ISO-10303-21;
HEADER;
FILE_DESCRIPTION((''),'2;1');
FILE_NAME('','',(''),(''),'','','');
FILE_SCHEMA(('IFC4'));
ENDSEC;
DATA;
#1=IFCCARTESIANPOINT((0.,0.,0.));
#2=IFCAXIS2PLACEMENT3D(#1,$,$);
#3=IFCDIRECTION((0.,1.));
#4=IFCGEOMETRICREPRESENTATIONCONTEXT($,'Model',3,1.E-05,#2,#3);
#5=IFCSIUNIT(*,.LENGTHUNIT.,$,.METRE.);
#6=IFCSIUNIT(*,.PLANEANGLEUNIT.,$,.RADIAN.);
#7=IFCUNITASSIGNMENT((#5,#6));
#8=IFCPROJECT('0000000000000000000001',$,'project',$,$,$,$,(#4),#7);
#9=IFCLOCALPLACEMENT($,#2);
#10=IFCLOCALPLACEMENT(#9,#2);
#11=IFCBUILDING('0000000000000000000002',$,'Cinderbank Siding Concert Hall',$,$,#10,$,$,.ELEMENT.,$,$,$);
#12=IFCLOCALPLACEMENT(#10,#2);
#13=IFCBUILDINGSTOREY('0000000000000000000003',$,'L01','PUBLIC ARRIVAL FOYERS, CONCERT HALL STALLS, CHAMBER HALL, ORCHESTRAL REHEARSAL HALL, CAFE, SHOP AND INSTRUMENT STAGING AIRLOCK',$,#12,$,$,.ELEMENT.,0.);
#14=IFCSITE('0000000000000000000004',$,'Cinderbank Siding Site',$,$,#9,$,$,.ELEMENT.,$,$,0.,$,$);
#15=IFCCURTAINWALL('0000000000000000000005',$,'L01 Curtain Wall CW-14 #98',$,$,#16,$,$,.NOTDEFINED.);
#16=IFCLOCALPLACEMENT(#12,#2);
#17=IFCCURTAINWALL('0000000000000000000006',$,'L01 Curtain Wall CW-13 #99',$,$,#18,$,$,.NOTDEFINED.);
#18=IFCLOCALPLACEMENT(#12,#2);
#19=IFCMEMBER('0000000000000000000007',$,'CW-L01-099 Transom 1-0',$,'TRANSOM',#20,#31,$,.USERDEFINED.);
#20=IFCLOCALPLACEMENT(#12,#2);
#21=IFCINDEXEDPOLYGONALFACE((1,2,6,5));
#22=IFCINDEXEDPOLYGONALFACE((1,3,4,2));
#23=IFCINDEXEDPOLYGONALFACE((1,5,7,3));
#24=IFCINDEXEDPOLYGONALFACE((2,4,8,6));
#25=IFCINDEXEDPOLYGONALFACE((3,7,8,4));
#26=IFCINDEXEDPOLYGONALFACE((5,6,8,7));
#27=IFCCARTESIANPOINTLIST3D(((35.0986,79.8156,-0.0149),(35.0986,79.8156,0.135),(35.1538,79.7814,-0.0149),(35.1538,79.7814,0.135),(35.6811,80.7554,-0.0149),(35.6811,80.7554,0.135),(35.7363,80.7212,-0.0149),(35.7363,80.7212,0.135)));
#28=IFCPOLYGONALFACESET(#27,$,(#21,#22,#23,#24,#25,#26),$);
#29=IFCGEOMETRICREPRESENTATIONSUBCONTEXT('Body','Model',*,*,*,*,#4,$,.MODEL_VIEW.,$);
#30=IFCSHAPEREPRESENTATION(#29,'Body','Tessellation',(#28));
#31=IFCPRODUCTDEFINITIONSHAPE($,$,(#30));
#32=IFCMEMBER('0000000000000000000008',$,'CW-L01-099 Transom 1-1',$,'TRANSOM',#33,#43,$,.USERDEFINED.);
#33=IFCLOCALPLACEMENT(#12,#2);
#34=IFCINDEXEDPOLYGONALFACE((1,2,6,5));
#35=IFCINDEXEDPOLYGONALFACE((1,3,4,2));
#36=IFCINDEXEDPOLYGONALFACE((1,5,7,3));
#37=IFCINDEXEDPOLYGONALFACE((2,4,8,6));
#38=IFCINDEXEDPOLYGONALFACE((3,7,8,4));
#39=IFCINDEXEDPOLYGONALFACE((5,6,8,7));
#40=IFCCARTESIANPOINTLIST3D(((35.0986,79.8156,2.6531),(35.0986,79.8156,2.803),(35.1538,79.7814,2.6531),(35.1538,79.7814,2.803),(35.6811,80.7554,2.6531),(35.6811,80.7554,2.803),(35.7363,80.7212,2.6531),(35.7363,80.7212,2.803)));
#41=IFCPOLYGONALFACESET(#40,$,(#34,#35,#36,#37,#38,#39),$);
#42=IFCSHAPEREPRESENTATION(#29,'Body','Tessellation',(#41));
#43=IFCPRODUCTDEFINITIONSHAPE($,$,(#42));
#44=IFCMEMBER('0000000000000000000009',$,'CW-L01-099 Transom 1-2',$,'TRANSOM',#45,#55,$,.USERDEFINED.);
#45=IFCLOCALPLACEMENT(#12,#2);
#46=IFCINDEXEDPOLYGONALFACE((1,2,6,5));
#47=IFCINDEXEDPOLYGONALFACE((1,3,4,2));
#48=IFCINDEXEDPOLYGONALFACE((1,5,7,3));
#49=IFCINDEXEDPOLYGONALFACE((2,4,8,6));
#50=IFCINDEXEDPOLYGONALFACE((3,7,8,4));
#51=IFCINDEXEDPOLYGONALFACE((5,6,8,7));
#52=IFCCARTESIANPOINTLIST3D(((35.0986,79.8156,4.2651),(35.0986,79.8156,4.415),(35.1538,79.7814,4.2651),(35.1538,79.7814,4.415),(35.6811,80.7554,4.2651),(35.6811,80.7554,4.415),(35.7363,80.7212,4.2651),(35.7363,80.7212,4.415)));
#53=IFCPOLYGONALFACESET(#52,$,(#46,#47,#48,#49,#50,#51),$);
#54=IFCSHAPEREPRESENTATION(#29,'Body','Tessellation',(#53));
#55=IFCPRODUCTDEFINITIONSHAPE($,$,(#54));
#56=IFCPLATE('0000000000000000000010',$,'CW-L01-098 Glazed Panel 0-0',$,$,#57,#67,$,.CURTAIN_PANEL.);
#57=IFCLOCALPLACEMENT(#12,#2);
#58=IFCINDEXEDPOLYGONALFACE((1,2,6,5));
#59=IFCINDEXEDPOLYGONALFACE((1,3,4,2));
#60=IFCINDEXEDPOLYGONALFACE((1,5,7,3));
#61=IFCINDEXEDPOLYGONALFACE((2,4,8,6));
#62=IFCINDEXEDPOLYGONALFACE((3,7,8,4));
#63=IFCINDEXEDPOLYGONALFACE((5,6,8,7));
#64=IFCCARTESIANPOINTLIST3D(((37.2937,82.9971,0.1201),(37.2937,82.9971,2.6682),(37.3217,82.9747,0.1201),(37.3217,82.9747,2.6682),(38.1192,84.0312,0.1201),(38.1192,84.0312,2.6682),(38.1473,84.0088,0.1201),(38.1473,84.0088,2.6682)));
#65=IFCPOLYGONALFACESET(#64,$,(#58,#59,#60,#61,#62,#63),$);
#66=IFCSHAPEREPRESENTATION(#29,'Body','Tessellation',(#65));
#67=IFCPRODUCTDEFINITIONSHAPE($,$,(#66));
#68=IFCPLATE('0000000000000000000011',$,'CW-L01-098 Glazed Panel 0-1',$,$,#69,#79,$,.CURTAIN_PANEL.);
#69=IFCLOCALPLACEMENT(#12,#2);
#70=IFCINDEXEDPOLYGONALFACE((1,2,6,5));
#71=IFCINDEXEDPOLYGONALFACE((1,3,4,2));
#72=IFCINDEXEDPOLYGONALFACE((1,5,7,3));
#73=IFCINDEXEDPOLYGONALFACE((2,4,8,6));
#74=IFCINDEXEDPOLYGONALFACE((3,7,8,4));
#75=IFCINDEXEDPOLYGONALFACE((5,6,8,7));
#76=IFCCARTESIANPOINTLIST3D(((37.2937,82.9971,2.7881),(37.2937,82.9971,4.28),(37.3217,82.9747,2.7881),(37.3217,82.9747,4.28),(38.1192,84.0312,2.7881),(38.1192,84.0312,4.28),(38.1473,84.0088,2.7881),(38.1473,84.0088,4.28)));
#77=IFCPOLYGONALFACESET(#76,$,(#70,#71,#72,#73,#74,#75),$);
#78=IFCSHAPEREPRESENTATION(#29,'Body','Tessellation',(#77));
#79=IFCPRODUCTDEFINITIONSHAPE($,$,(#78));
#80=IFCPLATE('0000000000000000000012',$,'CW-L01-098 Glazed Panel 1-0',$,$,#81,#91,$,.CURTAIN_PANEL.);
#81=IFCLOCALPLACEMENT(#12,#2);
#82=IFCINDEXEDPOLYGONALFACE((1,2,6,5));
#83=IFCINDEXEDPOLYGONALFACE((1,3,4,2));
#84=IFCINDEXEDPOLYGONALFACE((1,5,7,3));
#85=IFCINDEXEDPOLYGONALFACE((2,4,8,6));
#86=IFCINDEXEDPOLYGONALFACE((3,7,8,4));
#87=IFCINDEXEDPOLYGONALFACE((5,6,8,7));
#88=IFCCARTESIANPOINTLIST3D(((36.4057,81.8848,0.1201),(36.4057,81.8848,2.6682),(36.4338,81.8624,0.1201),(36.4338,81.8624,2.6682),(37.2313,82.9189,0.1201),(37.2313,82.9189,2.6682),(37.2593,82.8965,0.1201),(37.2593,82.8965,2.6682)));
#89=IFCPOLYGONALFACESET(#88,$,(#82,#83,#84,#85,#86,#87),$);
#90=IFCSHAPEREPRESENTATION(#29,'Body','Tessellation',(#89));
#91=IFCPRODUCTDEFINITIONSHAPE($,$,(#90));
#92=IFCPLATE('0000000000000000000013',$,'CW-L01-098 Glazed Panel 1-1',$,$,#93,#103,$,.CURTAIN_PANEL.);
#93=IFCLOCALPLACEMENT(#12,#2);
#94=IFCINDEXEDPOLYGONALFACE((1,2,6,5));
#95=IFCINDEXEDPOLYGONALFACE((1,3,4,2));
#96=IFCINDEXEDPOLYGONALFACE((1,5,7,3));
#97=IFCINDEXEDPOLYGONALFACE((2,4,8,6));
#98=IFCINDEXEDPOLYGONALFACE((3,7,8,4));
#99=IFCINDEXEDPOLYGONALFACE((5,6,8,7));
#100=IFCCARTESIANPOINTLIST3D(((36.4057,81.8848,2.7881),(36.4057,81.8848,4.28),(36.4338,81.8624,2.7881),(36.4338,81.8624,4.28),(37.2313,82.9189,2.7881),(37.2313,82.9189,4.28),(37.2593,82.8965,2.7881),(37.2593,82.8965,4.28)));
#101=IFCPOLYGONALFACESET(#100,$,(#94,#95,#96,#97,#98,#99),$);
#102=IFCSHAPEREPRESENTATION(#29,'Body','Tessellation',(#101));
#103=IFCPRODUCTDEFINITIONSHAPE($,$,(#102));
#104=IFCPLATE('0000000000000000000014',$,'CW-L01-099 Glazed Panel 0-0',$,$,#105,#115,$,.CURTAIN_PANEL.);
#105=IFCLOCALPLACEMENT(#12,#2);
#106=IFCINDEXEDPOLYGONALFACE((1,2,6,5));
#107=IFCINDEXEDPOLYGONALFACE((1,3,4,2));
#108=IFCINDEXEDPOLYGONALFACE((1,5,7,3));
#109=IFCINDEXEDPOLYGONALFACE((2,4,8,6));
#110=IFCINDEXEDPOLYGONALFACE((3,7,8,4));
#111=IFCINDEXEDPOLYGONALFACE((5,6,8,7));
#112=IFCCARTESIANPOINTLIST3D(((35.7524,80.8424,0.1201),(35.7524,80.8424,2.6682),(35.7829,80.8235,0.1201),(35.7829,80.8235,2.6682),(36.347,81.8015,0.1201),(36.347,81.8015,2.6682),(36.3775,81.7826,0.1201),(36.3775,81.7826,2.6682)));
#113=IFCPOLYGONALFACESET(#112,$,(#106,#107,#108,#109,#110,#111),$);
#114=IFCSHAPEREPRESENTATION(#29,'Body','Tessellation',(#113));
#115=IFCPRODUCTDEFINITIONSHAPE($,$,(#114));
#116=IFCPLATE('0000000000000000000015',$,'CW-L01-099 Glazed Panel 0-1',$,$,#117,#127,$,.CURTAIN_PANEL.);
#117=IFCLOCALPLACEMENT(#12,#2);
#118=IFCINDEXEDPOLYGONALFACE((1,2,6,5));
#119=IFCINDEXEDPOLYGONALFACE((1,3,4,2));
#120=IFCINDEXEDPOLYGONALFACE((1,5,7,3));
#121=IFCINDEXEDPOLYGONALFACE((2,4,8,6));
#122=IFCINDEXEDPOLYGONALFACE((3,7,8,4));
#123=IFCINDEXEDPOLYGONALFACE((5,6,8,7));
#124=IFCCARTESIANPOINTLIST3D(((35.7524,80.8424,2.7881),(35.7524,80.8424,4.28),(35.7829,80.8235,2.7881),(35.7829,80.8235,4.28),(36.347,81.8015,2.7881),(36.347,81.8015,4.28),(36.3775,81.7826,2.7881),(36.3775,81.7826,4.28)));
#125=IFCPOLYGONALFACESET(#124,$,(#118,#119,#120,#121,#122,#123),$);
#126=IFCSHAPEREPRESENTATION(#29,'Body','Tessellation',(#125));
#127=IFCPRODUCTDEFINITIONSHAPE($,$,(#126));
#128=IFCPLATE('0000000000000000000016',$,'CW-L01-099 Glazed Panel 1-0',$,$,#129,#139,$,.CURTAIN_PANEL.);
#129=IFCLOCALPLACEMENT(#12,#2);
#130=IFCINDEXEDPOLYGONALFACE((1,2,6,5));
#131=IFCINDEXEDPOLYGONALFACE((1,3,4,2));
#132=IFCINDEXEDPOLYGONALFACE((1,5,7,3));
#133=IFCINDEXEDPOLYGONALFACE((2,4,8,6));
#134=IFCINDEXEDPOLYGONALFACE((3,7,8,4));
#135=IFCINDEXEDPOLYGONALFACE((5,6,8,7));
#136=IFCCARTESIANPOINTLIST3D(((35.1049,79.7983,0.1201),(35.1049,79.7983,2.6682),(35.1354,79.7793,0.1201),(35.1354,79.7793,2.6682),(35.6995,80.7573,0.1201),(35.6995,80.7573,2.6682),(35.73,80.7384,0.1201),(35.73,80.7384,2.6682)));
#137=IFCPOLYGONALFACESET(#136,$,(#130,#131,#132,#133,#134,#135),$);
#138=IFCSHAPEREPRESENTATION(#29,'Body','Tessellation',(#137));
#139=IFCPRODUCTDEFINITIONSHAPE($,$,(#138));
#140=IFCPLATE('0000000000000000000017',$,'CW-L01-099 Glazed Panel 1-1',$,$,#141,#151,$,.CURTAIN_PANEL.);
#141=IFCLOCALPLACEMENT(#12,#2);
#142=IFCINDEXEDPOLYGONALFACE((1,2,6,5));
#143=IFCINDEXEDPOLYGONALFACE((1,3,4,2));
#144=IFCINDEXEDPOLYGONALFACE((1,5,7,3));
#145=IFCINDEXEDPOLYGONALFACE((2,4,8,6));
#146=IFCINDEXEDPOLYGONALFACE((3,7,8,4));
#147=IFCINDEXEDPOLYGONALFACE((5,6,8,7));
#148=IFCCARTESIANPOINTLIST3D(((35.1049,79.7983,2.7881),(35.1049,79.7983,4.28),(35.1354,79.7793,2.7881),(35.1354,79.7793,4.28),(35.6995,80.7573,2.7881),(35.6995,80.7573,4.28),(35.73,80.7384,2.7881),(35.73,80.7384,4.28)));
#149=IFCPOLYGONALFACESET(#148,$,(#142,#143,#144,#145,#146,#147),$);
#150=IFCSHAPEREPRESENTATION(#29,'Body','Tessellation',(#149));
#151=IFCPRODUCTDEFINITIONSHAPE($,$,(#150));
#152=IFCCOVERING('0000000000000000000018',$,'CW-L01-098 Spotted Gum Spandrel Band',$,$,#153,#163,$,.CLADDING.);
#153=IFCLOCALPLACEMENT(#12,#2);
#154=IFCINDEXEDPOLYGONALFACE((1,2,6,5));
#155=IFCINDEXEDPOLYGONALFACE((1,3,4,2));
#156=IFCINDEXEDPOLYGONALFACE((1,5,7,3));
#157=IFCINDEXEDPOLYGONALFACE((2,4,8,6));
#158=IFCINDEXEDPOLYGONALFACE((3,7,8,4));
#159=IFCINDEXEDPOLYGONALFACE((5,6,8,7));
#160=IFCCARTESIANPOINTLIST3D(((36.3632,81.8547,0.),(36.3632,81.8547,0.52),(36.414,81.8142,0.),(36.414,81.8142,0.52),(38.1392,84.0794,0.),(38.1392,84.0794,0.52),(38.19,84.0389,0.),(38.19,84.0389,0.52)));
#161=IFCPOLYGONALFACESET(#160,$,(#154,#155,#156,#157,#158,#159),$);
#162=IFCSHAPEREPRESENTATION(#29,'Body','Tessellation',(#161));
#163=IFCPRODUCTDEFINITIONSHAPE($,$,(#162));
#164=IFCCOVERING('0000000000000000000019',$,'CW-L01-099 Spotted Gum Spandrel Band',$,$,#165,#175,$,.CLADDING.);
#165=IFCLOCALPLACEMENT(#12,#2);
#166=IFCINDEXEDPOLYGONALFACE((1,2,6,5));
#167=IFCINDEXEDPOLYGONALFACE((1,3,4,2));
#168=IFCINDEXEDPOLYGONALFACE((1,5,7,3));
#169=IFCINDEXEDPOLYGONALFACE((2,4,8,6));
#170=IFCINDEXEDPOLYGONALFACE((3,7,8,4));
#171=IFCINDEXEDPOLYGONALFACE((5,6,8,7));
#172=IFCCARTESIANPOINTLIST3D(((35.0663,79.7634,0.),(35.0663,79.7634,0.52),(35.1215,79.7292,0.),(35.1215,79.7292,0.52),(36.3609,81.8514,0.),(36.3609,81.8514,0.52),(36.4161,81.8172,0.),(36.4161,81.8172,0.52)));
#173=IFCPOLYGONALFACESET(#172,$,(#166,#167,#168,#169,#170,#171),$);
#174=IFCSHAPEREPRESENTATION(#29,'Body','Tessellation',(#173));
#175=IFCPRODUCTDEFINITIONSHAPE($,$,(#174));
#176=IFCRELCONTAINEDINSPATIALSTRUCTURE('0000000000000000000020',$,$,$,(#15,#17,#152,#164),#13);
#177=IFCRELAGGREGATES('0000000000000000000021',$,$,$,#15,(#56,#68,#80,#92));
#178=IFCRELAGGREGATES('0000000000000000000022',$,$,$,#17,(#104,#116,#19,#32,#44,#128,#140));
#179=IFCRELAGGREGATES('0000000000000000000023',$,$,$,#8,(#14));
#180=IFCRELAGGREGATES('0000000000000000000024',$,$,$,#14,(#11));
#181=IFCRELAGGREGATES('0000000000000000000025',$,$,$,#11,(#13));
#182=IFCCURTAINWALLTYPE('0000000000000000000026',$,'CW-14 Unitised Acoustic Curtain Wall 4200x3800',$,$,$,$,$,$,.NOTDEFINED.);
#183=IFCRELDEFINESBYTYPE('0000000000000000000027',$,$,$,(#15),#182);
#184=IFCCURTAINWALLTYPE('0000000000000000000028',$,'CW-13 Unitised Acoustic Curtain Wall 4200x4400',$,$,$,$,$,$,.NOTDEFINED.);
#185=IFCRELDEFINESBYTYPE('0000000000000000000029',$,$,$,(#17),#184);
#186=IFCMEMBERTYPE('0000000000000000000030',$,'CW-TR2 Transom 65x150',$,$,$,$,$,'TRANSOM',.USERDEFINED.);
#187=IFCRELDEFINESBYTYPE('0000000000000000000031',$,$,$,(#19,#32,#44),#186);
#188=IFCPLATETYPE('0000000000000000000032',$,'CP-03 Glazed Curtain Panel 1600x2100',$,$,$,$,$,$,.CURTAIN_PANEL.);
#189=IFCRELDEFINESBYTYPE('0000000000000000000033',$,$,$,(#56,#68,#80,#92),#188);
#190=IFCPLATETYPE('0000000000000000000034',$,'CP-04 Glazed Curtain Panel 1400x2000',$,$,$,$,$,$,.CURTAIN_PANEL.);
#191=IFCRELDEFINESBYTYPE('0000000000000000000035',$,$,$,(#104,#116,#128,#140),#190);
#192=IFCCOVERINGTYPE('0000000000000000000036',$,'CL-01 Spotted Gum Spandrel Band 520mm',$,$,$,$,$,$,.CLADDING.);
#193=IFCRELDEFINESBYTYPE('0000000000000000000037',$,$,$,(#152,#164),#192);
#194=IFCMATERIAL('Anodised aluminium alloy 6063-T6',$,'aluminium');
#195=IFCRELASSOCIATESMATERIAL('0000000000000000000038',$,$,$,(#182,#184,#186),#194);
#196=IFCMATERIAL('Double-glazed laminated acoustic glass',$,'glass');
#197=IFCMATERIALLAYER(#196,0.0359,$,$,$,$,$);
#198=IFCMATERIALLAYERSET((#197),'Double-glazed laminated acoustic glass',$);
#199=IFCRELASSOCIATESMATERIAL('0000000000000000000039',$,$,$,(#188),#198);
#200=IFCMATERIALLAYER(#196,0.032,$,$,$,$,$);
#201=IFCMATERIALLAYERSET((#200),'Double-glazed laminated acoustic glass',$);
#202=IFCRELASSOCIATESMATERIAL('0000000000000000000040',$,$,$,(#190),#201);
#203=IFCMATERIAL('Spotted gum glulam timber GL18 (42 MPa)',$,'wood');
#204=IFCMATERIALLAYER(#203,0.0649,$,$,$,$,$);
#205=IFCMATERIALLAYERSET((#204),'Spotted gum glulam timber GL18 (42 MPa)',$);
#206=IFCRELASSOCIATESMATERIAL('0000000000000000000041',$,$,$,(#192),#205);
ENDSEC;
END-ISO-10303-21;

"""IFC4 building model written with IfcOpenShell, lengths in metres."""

from ifc_helpers import new_model, si_unit, direction, frame, origin, origin_2d, place, context, subcontext, project, spatial, rectangle, extrude, material, layer, layer_set, material_profile, profile_set, type_object, element, aggregate, save


model = new_model("IFC4")

# Units and contexts
model_context = context("Model", 3, precision=1e-05, world=origin(), true_north=direction((0.0, 1.0)))
body_context = subcontext(model_context, "Body", "Model", "MODEL_VIEW")
ifc_project = project(units=[si_unit("LENGTHUNIT", "METRE"), si_unit("PLANEANGLEUNIT", "RADIAN")], contexts=[model_context])

# Site, building, storey
site_placement = place(None, origin())
site = spatial("IfcSite", under=ifc_project, at=site_placement, Name="Cinderbank Siding Site", CompositionType="ELEMENT", RefElevation=0.0)
building_placement = place(site_placement, origin())
building = spatial("IfcBuilding", under=site, at=building_placement, Name="Cinderbank Siding Concert Hall", CompositionType="ELEMENT")
storey_placement = place(building_placement, origin())
storey = spatial("IfcBuildingStorey", under=building, at=storey_placement, Name="L01", Description="PUBLIC ARRIVAL FOYERS, CONCERT HALL STALLS, CHAMBER HALL, ORCHESTRAL REHEARSAL HALL, CAFE, SHOP AND INSTRUMENT STAGING AIRLOCK", CompositionType="ELEMENT", Elevation=0.0)

# Curtain walls
ifc_material_1 = material(Name="Anodised aluminium alloy 6063-T6", Category="aluminium")
curtain_wall_type_1 = type_object("IfcCurtainWallType", Name="CW-14 Unitised Acoustic Curtain Wall 4200x3800", PredefinedType="NOTDEFINED", material=ifc_material_1)
curtain_wall_1_placement = place(storey_placement, origin())
curtain_wall_1 = element("IfcCurtainWall", 1, at=curtain_wall_1_placement, inside=storey, type_object=curtain_wall_type_1, Name="L01 Curtain Wall CW-14 #98", PredefinedType="NOTDEFINED")
curtain_wall_type_2 = type_object("IfcCurtainWallType", Name="CW-13 Unitised Acoustic Curtain Wall 4200x4400", PredefinedType="NOTDEFINED", material=ifc_material_1)
curtain_wall_2_placement = place(storey_placement, origin())
curtain_wall_2 = element("IfcCurtainWall", 2, at=curtain_wall_2_placement, inside=storey, type_object=curtain_wall_type_2, Name="L01 Curtain Wall CW-13 #99", PredefinedType="NOTDEFINED")

# Members
ifc_material_profile_1 = material_profile(ifc_material_1, rectangle(XDim=0.0649, YDim=0.1499, at=origin_2d()), Name="ALU-TRAN-65x150", Category="LoadBearing")
ifc_profile_set_1 = profile_set([ifc_material_profile_1], Name="Anodised aluminium alloy 6063-T6")
member_type_1 = type_object("IfcMemberType", Name="CW-TR2 Transom 65x150", ElementType="TRANSOM", PredefinedType="USERDEFINED", material=ifc_profile_set_1)
member_1_placement = place(storey_placement, frame((35.7087, 80.7383, 0.0601), z_axis=(-0.526879, -0.84994, 0.0), x_axis=(0.84994, -0.526879, 0.0)))
member_1 = element("IfcMember", 3, at=member_1_placement, type_object=member_type_1, Name="CW-L01-099 Transom 1-0", ObjectType="TRANSOM", PredefinedType="USERDEFINED", context=body_context, shape_type="SweptSolid", body=[
    extrude(rectangle(XDim=0.0649, YDim=0.1499, at=origin_2d()), origin(), (0.0, 0.0, 1.0), 1.1057),
])
member_2_placement = place(storey_placement, frame((35.7087, 80.7383, 2.728), z_axis=(-0.526879, -0.84994, 0.0), x_axis=(0.84994, -0.526879, 0.0)))
member_2 = element("IfcMember", 4, at=member_2_placement, type_object=member_type_1, Name="CW-L01-099 Transom 1-1", ObjectType="TRANSOM", PredefinedType="USERDEFINED", context=body_context, shape_type="SweptSolid", body=[
    extrude(rectangle(XDim=0.0649, YDim=0.1499, at=origin_2d()), origin(), (0.0, 0.0, 1.0), 1.1057),
])
member_3_placement = place(storey_placement, frame((35.7087, 80.7383, 4.3401), z_axis=(-0.526879, -0.84994, 0.0), x_axis=(0.84994, -0.526879, 0.0)))
member_3 = element("IfcMember", 5, at=member_3_placement, type_object=member_type_1, Name="CW-L01-099 Transom 1-2", ObjectType="TRANSOM", PredefinedType="USERDEFINED", context=body_context, shape_type="SweptSolid", body=[
    extrude(rectangle(XDim=0.0649, YDim=0.1499, at=origin_2d()), origin(), (0.0, 0.0, 1.0), 1.1057),
])

# Plates
ifc_material_2 = material(Name="Double-glazed laminated acoustic glass", Category="glass")
ifc_layer_1 = layer(ifc_material_2, 0.0359)
ifc_layer_set_1 = layer_set([ifc_layer_1], Name="Double-glazed laminated acoustic glass")
plate_type_1 = type_object("IfcPlateType", Name="CP-03 Glazed Curtain Panel 1600x2100", PredefinedType="CURTAIN_PANEL", material=ifc_layer_set_1)
plate_1_placement = place(storey_placement, frame((37.7205, 83.5029, 0.1201), z_axis=(0.0, 0.0, 1.0), x_axis=(-0.623889, -0.781513, 0.0)))
plate_1 = element("IfcPlate", 6, at=plate_1_placement, type_object=plate_type_1, Name="CW-L01-098 Glazed Panel 0-0", PredefinedType="CURTAIN_PANEL", context=body_context, shape_type="SweptSolid", body=[
    extrude(rectangle(XDim=1.3232, YDim=0.0359, at=origin_2d()), origin(), (0.0, 0.0, 1.0), 2.5481),
])
plate_2_placement = place(storey_placement, frame((37.7205, 83.5029, 2.7881), z_axis=(0.0, 0.0, 1.0), x_axis=(-0.623889, -0.781513, 0.0)))
plate_2 = element("IfcPlate", 7, at=plate_2_placement, type_object=plate_type_1, Name="CW-L01-098 Glazed Panel 0-1", PredefinedType="CURTAIN_PANEL", context=body_context, shape_type="SweptSolid", body=[
    extrude(rectangle(XDim=1.3232, YDim=0.0359, at=origin_2d()), origin(), (0.0, 0.0, 1.0), 1.4919),
])
plate_3_placement = place(storey_placement, frame((36.8325, 82.3906, 0.1201), z_axis=(0.0, 0.0, 1.0), x_axis=(-0.623889, -0.781513, 0.0)))
plate_3 = element("IfcPlate", 8, at=plate_3_placement, type_object=plate_type_1, Name="CW-L01-098 Glazed Panel 1-0", PredefinedType="CURTAIN_PANEL", context=body_context, shape_type="SweptSolid", body=[
    extrude(rectangle(XDim=1.3232, YDim=0.0359, at=origin_2d()), origin(), (0.0, 0.0, 1.0), 2.5481),
])
plate_4_placement = place(storey_placement, frame((36.8325, 82.3906, 2.7881), z_axis=(0.0, 0.0, 1.0), x_axis=(-0.623889, -0.781513, 0.0)))
plate_4 = element("IfcPlate", 9, at=plate_4_placement, type_object=plate_type_1, Name="CW-L01-098 Glazed Panel 1-1", PredefinedType="CURTAIN_PANEL", context=body_context, shape_type="SweptSolid", body=[
    extrude(rectangle(XDim=1.3232, YDim=0.0359, at=origin_2d()), origin(), (0.0, 0.0, 1.0), 1.4919),
])
aggregate(curtain_wall_1, [plate_1, plate_2, plate_3, plate_4])
ifc_layer_2 = layer(ifc_material_2, 0.032)
ifc_layer_set_2 = layer_set([ifc_layer_2], Name="Double-glazed laminated acoustic glass")
plate_type_2 = type_object("IfcPlateType", Name="CP-04 Glazed Curtain Panel 1400x2000", PredefinedType="CURTAIN_PANEL", material=ifc_layer_set_2)
plate_5_placement = place(storey_placement, frame((36.0649, 81.3125, 0.1201), z_axis=(0.0, 0.0, 1.0), x_axis=(-0.526958, -0.849891, 0.0)))
plate_5 = element("IfcPlate", 10, at=plate_5_placement, type_object=plate_type_2, Name="CW-L01-099 Glazed Panel 0-0", PredefinedType="CURTAIN_PANEL", context=body_context, shape_type="SweptSolid", body=[
    extrude(rectangle(XDim=1.1284, YDim=0.0359, at=origin_2d()), origin(), (0.0, 0.0, 1.0), 2.5481),
])
plate_6_placement = place(storey_placement, frame((36.0649, 81.3125, 2.7881), z_axis=(0.0, 0.0, 1.0), x_axis=(-0.526958, -0.849891, 0.0)))
plate_6 = element("IfcPlate", 11, at=plate_6_placement, type_object=plate_type_2, Name="CW-L01-099 Glazed Panel 0-1", PredefinedType="CURTAIN_PANEL", context=body_context, shape_type="SweptSolid", body=[
    extrude(rectangle(XDim=1.1284, YDim=0.0359, at=origin_2d()), origin(), (0.0, 0.0, 1.0), 1.4919),
])
plate_7_placement = place(storey_placement, frame((35.4175, 80.2683, 0.1201), z_axis=(0.0, 0.0, 1.0), x_axis=(-0.526958, -0.849891, 0.0)))
plate_7 = element("IfcPlate", 12, at=plate_7_placement, type_object=plate_type_2, Name="CW-L01-099 Glazed Panel 1-0", PredefinedType="CURTAIN_PANEL", context=body_context, shape_type="SweptSolid", body=[
    extrude(rectangle(XDim=1.1284, YDim=0.0359, at=origin_2d()), origin(), (0.0, 0.0, 1.0), 2.5481),
])
plate_8_placement = place(storey_placement, frame((35.4175, 80.2683, 2.7881), z_axis=(0.0, 0.0, 1.0), x_axis=(-0.526958, -0.849891, 0.0)))
plate_8 = element("IfcPlate", 13, at=plate_8_placement, type_object=plate_type_2, Name="CW-L01-099 Glazed Panel 1-1", PredefinedType="CURTAIN_PANEL", context=body_context, shape_type="SweptSolid", body=[
    extrude(rectangle(XDim=1.1284, YDim=0.0359, at=origin_2d()), origin(), (0.0, 0.0, 1.0), 1.4919),
])
aggregate(curtain_wall_2, [plate_5, plate_6, member_1, member_2, member_3, plate_7, plate_8])

# Coverings
ifc_material_3 = material(Name="Spotted gum glulam timber GL18 (42 MPa)", Category="wood")
ifc_layer_3 = layer(ifc_material_3, 0.0649)
ifc_layer_set_3 = layer_set([ifc_layer_3], Name="Spotted gum glulam timber GL18 (42 MPa)")
covering_type = type_object("IfcCoveringType", Name="CL-01 Spotted Gum Spandrel Band 520mm", PredefinedType="CLADDING", material=ifc_layer_set_3)
covering_1_placement = place(storey_placement, frame((37.2766, 82.9468, 0.0), z_axis=(0.0, 0.0, 1.0), x_axis=(-0.623889, -0.781513, 0.0)))
element("IfcCovering", 14, at=covering_1_placement, inside=storey, type_object=covering_type, Name="CW-L01-098 Spotted Gum Spandrel Band", PredefinedType="CLADDING", context=body_context, shape_type="SweptSolid", body=[
    extrude(rectangle(XDim=2.8467, YDim=0.0649, at=origin_2d()), origin(), (0.0, 0.0, 1.0), 0.52),
])
covering_2_placement = place(storey_placement, frame((35.7412, 80.7903, 0.0), z_axis=(0.0, 0.0, 1.0), x_axis=(-0.526958, -0.849891, 0.0)))
element("IfcCovering", 15, at=covering_2_placement, inside=storey, type_object=covering_type, Name="CW-L01-099 Spotted Gum Spandrel Band", PredefinedType="CLADDING", context=body_context, shape_type="SweptSolid", body=[
    extrude(rectangle(XDim=2.4568, YDim=0.0649, at=origin_2d()), origin(), (0.0, 0.0, 1.0), 0.52),
])

save(model, "model.ifc")
